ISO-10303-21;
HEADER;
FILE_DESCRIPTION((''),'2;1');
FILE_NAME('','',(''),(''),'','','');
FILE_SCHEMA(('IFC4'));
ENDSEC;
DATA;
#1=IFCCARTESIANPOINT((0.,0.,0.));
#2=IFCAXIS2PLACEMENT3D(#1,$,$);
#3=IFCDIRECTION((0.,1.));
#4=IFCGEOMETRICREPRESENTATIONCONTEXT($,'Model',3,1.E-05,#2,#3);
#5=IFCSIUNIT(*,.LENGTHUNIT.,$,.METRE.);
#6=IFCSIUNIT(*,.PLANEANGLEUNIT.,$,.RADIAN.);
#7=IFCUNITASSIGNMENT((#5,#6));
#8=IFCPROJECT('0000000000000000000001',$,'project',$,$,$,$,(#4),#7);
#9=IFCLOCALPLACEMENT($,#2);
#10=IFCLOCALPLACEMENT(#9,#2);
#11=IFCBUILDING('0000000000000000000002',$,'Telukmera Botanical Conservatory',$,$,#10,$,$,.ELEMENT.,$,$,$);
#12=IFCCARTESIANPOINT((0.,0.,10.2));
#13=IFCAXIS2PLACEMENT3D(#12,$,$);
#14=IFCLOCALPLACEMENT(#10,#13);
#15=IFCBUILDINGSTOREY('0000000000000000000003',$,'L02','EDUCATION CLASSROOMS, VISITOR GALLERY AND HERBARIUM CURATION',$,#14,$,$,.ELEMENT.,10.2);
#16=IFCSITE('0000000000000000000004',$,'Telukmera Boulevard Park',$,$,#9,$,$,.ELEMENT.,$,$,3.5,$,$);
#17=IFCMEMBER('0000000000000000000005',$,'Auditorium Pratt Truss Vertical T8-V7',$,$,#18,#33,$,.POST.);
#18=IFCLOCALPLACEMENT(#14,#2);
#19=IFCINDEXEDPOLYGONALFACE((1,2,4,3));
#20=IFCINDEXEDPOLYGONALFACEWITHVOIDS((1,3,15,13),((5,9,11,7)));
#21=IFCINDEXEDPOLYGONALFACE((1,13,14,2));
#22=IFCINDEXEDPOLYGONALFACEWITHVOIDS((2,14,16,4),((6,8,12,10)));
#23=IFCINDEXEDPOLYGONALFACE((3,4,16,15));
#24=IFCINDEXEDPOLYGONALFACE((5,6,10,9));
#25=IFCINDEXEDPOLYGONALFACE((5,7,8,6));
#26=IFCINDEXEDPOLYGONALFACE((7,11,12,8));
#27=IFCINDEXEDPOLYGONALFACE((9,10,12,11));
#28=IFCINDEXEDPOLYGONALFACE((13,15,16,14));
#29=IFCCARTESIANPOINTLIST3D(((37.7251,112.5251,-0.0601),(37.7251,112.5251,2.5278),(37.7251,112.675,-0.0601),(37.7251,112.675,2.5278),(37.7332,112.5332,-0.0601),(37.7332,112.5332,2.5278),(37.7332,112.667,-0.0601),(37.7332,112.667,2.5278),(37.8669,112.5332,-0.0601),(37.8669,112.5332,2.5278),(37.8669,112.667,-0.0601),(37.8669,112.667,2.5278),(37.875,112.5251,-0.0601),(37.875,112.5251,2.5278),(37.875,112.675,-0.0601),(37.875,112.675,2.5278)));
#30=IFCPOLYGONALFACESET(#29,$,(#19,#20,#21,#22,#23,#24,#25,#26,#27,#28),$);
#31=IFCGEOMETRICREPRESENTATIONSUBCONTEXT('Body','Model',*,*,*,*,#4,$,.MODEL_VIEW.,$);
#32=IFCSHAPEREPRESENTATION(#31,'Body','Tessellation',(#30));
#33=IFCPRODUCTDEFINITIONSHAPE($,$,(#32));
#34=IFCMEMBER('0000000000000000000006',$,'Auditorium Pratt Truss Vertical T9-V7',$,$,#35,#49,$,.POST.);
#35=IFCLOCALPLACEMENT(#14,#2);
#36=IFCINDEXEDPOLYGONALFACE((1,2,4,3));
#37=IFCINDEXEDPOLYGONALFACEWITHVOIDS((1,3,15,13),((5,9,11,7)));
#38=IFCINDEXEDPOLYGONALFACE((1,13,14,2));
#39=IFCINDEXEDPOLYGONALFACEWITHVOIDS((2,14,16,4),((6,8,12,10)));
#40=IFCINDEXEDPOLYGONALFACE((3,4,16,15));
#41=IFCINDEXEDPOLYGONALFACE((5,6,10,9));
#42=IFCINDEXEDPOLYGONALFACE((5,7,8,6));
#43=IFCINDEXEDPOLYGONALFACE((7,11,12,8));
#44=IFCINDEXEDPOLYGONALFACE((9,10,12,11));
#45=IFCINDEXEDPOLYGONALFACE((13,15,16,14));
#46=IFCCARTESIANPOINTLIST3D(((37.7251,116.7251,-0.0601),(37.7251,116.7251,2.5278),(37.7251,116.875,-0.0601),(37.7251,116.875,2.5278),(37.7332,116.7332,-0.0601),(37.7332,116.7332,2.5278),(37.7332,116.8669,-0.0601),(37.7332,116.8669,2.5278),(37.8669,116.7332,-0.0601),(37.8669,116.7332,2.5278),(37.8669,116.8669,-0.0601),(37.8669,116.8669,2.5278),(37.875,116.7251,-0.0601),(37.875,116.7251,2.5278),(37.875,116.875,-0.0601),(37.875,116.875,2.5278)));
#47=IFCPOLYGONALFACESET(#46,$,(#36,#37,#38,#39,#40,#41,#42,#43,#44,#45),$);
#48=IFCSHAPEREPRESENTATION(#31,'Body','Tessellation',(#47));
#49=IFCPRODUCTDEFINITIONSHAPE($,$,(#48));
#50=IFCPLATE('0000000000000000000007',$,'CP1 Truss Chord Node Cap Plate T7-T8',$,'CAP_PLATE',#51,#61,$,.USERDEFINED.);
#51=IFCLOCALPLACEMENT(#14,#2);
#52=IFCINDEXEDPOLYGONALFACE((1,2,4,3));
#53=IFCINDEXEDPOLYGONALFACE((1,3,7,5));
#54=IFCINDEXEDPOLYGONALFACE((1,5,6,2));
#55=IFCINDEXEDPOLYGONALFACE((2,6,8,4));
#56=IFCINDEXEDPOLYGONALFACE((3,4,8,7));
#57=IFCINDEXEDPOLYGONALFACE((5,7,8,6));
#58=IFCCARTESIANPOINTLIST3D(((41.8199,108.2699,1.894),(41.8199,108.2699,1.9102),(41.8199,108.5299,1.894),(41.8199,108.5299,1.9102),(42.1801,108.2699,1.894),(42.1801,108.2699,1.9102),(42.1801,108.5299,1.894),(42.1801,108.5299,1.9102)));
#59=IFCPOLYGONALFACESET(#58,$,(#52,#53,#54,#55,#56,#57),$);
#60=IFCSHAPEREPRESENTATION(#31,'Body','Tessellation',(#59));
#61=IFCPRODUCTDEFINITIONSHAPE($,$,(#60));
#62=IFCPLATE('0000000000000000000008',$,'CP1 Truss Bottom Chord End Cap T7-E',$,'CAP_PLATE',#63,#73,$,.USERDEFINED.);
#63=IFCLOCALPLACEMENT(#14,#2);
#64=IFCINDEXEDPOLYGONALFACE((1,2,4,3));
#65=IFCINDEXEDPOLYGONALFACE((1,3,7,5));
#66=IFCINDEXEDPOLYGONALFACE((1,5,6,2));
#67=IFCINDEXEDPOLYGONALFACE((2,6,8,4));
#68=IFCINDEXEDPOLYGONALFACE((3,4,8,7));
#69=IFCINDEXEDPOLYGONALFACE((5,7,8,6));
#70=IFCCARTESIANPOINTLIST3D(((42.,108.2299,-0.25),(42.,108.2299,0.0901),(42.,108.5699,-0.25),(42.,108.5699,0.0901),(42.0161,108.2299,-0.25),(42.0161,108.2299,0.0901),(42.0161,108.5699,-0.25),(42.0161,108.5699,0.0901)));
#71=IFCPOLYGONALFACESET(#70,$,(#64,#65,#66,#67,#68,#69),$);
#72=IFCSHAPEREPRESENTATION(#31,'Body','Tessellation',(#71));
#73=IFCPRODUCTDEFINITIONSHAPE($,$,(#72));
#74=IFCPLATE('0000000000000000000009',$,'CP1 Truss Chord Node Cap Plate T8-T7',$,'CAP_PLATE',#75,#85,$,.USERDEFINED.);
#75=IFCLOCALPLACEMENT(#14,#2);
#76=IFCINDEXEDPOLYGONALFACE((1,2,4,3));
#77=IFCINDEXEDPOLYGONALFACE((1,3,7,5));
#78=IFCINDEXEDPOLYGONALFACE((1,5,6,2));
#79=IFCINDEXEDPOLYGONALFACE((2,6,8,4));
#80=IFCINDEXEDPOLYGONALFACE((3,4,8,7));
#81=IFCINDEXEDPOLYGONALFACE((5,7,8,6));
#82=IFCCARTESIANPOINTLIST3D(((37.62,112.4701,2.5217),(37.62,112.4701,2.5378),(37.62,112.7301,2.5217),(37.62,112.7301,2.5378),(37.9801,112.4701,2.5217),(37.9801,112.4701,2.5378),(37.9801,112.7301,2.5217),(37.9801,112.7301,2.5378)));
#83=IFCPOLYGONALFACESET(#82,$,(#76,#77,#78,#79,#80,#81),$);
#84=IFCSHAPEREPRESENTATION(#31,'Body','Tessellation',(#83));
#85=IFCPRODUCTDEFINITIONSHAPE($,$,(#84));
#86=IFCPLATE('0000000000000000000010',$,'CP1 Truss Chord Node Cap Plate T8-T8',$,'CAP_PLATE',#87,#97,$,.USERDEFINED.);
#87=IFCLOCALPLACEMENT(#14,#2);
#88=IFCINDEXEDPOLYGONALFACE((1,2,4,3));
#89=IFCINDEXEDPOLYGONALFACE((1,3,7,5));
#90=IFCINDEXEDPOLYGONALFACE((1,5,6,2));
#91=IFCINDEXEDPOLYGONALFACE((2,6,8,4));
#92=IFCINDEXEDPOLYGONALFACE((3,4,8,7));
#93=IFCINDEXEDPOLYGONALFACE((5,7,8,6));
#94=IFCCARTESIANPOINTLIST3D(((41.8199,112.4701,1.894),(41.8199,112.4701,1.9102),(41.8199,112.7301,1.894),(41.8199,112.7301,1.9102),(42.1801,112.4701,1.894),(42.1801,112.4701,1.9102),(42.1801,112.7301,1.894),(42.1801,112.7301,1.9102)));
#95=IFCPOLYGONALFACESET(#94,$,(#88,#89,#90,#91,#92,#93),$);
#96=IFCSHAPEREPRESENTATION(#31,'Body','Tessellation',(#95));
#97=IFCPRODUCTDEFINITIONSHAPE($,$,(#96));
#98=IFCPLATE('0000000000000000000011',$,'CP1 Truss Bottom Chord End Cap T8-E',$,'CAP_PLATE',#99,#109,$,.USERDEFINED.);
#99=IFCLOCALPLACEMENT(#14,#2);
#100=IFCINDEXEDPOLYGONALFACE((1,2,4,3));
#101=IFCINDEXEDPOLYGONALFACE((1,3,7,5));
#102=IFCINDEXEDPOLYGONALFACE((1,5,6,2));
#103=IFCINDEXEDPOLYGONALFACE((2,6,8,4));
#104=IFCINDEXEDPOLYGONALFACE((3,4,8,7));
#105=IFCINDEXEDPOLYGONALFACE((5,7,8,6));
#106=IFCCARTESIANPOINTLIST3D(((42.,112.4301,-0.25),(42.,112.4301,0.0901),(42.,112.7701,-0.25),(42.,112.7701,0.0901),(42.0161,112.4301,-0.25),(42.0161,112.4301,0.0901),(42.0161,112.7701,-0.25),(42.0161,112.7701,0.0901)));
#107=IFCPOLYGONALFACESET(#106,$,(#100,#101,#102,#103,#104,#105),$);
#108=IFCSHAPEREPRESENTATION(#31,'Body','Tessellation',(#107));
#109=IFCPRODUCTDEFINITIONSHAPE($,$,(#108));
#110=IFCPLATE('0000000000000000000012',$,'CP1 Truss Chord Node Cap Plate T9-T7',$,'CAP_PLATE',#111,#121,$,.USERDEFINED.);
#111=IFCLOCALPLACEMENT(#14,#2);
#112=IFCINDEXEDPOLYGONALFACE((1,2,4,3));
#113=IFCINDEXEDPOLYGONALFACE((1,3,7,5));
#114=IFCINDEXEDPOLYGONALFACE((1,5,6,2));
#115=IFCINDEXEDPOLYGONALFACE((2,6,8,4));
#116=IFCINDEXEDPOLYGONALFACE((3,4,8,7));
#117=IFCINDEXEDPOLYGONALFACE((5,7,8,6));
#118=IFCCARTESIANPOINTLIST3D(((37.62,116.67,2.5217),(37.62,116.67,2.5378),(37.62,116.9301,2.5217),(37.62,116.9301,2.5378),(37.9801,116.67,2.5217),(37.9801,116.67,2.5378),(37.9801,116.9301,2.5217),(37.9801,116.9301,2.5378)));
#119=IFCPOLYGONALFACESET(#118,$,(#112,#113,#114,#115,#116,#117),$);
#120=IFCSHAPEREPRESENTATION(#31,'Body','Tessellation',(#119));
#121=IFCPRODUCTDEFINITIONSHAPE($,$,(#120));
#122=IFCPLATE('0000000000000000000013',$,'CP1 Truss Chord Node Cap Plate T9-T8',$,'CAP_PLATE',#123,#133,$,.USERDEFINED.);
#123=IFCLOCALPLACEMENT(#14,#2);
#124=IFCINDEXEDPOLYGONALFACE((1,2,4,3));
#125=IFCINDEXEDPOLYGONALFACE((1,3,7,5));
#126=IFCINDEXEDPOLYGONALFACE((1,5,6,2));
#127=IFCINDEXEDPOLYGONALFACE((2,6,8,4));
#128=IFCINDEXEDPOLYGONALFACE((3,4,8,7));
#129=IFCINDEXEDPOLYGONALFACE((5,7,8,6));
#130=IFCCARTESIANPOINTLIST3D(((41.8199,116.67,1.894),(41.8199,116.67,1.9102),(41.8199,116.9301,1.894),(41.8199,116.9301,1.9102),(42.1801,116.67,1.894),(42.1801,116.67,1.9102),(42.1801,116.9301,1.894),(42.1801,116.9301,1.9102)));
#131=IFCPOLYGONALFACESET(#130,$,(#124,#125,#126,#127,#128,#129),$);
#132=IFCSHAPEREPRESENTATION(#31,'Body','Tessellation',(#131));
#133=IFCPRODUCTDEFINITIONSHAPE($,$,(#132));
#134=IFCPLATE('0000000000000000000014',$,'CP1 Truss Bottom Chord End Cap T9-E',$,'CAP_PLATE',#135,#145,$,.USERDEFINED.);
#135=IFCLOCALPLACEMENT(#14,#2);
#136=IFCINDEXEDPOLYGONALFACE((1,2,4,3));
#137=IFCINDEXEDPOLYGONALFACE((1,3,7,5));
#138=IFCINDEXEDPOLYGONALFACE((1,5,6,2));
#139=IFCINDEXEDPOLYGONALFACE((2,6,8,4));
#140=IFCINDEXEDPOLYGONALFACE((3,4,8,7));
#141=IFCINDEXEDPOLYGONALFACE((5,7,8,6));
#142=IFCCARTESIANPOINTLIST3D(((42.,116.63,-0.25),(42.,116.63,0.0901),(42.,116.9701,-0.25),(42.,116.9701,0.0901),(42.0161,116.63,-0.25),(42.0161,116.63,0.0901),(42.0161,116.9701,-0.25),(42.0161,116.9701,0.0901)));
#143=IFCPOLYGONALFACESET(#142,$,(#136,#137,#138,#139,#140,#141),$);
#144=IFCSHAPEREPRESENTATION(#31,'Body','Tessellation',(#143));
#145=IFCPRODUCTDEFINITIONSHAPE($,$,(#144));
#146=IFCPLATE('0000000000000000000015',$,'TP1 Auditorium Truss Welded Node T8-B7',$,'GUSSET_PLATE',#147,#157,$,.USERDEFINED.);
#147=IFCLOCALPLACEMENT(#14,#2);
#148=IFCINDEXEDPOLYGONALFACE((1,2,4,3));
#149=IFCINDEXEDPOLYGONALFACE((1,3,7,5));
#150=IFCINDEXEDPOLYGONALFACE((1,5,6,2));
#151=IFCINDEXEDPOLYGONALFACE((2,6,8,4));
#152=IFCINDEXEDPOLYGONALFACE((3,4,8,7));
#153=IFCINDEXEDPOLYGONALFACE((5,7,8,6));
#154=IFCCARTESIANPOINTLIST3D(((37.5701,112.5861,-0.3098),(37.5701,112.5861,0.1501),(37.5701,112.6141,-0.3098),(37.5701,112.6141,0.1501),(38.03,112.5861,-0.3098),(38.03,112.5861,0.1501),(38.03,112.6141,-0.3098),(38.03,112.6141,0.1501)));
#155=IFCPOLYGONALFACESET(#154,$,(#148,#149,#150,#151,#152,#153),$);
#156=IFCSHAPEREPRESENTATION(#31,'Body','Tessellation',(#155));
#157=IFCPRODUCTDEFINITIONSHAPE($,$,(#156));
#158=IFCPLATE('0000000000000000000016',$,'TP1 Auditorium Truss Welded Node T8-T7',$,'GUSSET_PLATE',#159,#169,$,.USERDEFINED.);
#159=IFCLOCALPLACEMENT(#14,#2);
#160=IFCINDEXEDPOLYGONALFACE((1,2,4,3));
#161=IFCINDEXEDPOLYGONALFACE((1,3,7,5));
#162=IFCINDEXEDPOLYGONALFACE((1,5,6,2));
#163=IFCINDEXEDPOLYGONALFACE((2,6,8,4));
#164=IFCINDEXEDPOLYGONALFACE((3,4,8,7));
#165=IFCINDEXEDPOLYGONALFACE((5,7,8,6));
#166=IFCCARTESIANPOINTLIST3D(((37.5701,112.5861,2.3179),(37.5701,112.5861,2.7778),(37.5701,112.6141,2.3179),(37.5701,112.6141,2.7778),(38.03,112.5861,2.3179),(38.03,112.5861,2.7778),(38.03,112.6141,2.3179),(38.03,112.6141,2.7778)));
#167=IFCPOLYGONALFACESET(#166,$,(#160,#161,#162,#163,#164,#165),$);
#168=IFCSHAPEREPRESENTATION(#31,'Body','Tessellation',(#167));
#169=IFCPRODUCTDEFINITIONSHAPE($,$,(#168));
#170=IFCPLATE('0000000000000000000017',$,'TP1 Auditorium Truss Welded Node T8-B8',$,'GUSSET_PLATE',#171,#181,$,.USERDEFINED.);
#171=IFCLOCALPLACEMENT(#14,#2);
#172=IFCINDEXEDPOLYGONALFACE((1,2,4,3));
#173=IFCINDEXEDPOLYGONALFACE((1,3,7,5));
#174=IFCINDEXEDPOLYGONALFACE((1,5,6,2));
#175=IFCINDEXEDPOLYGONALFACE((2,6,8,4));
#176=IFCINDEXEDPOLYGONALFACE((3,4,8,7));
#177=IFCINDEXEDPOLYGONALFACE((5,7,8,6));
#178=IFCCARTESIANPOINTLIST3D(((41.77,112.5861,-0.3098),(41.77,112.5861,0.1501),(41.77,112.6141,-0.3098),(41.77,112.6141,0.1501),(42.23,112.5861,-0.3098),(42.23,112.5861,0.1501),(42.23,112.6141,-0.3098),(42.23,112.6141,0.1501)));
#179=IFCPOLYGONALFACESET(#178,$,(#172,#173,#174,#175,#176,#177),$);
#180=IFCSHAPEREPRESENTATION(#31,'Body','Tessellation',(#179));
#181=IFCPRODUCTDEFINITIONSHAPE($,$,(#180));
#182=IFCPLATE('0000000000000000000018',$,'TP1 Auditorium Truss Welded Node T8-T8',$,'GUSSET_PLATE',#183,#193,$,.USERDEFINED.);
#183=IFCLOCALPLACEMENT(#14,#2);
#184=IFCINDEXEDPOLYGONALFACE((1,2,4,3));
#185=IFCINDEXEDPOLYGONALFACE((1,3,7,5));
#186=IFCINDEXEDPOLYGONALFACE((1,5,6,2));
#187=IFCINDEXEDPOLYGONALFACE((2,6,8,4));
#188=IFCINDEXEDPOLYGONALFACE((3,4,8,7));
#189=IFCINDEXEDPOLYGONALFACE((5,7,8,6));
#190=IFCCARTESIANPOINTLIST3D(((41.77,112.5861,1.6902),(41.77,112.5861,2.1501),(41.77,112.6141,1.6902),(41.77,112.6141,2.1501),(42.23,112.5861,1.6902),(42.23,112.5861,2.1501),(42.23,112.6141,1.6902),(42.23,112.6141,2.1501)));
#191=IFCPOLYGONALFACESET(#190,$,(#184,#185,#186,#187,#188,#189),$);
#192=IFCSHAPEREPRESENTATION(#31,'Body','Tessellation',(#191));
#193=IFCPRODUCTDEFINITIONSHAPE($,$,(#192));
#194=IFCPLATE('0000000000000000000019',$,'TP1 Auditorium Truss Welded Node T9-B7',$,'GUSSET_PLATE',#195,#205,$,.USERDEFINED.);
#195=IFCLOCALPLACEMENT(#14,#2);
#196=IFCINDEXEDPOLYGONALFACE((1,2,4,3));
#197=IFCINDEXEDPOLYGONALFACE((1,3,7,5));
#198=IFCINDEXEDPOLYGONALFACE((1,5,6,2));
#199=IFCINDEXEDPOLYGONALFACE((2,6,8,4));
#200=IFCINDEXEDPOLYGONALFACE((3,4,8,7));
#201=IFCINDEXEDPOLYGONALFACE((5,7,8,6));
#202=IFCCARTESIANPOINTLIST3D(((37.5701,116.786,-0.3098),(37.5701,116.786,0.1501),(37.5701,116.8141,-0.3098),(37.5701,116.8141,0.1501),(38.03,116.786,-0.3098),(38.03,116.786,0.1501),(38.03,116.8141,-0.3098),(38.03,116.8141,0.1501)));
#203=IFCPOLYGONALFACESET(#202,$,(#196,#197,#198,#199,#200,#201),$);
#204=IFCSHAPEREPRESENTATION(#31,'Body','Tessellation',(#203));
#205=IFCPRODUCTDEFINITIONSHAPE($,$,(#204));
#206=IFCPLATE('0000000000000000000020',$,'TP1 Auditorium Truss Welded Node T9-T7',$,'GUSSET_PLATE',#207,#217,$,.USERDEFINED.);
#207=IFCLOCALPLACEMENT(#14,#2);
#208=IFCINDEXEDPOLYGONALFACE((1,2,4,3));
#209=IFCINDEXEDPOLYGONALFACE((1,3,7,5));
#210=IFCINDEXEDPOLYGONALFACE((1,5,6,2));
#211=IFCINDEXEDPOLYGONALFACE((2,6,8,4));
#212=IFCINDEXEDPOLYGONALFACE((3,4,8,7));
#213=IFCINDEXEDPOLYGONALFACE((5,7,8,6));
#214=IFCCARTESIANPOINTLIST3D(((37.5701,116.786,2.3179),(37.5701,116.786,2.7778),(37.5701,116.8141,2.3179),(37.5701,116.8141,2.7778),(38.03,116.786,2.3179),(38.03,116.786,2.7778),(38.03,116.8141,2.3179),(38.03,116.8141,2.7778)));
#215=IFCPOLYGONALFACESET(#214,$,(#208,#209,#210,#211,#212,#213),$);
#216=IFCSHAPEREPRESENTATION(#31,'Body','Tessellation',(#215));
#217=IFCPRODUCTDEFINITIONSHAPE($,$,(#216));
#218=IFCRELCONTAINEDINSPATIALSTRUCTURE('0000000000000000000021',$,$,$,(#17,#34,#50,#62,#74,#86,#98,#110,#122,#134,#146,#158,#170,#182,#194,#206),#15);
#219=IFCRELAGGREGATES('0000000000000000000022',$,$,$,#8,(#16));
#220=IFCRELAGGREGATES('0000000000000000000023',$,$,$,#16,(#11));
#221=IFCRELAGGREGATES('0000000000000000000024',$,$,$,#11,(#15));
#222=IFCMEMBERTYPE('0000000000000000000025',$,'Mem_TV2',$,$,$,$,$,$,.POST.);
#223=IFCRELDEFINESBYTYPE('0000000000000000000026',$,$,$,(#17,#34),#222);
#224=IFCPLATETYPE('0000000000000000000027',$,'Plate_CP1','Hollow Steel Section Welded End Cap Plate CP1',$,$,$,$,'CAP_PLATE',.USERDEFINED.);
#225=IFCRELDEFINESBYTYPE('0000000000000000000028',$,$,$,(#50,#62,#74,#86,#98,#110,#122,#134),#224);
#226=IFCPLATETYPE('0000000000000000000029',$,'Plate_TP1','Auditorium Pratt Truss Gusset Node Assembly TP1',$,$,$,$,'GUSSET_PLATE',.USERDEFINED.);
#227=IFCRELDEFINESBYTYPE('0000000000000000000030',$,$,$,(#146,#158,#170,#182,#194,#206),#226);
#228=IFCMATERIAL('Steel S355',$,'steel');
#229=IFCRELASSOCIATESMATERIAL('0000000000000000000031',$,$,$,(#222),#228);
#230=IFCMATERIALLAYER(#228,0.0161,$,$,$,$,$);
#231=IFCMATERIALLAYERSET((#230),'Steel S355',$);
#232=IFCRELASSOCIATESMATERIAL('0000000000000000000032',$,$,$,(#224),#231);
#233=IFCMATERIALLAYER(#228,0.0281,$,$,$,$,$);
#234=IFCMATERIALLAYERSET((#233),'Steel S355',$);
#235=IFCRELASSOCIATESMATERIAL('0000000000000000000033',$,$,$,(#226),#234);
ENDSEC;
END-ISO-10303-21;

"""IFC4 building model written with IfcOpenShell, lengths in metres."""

from ifc_helpers import new_model, si_unit, direction, frame, origin, origin_2d, place, context, subcontext, project, spatial, rectangle, hollow_rectangle, extrude, material, layer, layer_set, material_profile, profile_set, type_object, element, save


model = new_model("IFC4")

# Units and contexts
model_context = context("Model", 3, precision=1e-05, world=origin(), true_north=direction((0.0, 1.0)))
body_context = subcontext(model_context, "Body", "Model", "MODEL_VIEW")
ifc_project = project(units=[si_unit("LENGTHUNIT", "METRE"), si_unit("PLANEANGLEUNIT", "RADIAN")], contexts=[model_context])

# Site, building, storey
site_placement = place(None, origin())
site = spatial("IfcSite", under=ifc_project, at=site_placement, Name="Telukmera Boulevard Park", CompositionType="ELEMENT", RefElevation=3.5)
building_placement = place(site_placement, origin())
building = spatial("IfcBuilding", under=site, at=building_placement, Name="Telukmera Botanical Conservatory", CompositionType="ELEMENT")
storey_placement = place(building_placement, frame((0.0, 0.0, 10.2)))
storey = spatial("IfcBuildingStorey", under=building, at=storey_placement, Name="L02", Description="EDUCATION CLASSROOMS, VISITOR GALLERY AND HERBARIUM CURATION", CompositionType="ELEMENT", Elevation=10.2)

# Members
ifc_material_1 = material(Name="Steel S355", Category="steel")
ifc_material_profile_1 = material_profile(ifc_material_1, hollow_rectangle(XDim=0.1499, YDim=0.1499, WallThickness=0.0081, at=origin_2d()), Name="SHS 150x150x8.0")
ifc_profile_set_1 = profile_set([ifc_material_profile_1], Name="Steel S355")
member_type_1 = type_object("IfcMemberType", Name="Mem_TV2", PredefinedType="POST", material=ifc_profile_set_1)
for number, where, z_axis, x_axis, name in (
    (1, (37.8, 112.6001, -0.0601), (0.0, 0.0, 1.0), (1.0, 0.0, 0.0), "Auditorium Pratt Truss Vertical T8-V7"),
    (2, (37.8, 116.8, -0.0601), (0.0, 0.0, 1.0), (1.0, 0.0, 0.0), "Auditorium Pratt Truss Vertical T9-V7"),
):
    element("IfcMember", number, at=place(storey_placement, frame(where, z_axis=z_axis, x_axis=x_axis)), inside=storey, type_object=member_type_1, Name=name, PredefinedType="POST", context=body_context, shape_type="SweptSolid", body=[
        extrude(hollow_rectangle(XDim=0.1499, YDim=0.1499, WallThickness=0.0081, at=origin_2d()), origin(), (0.0, 0.0, 1.0), 2.5879),
    ])

# Plates
ifc_layer_1 = layer(ifc_material_1, 0.0161)
ifc_layer_set_1 = layer_set([ifc_layer_1], Name="Steel S355")
plate_type_1 = type_object("IfcPlateType", Name="Plate_CP1", Description="Hollow Steel Section Welded End Cap Plate CP1", ElementType="CAP_PLATE", PredefinedType="USERDEFINED", material=ifc_layer_set_1)
plate_1_placement = place(storey_placement, frame((42.0, 108.3999, 1.894), z_axis=(0.0, 0.0, 1.0), x_axis=(1.0, 0.0, 0.0)))
element("IfcPlate", 3, at=plate_1_placement, inside=storey, type_object=plate_type_1, Name="CP1 Truss Chord Node Cap Plate T7-T8", ObjectType="CAP_PLATE", PredefinedType="USERDEFINED", context=body_context, shape_type="SweptSolid", body=[
    extrude(rectangle(XDim=0.3601, YDim=0.26, at=origin_2d()), origin(), (0.0, 0.0, 1.0), 0.0161),
])
plate_2_placement = place(storey_placement, frame((42.0081, 108.3999, -0.25), z_axis=(0.0, 0.0, 1.0), x_axis=(1.0, 0.0, 0.0)))
element("IfcPlate", 4, at=plate_2_placement, inside=storey, type_object=plate_type_1, Name="CP1 Truss Bottom Chord End Cap T7-E", ObjectType="CAP_PLATE", PredefinedType="USERDEFINED", context=body_context, shape_type="SweptSolid", body=[
    extrude(rectangle(XDim=0.0161, YDim=0.3401, at=origin_2d()), origin(), (0.0, 0.0, 1.0), 0.3401),
])
for number, where, z_axis, x_axis, name in (
    (5, (37.8, 112.6001, 2.5217), (0.0, 0.0, 1.0), (1.0, 0.0, 0.0), "CP1 Truss Chord Node Cap Plate T8-T7"),
    (6, (42.0, 112.6001, 1.894), (0.0, 0.0, 1.0), (1.0, 0.0, 0.0), "CP1 Truss Chord Node Cap Plate T8-T8"),
):
    element("IfcPlate", number, at=place(storey_placement, frame(where, z_axis=z_axis, x_axis=x_axis)), inside=storey, type_object=plate_type_1, Name=name, ObjectType="CAP_PLATE", PredefinedType="USERDEFINED", context=body_context, shape_type="SweptSolid", body=[
        extrude(rectangle(XDim=0.3601, YDim=0.26, at=origin_2d()), origin(), (0.0, 0.0, 1.0), 0.0161),
    ])
plate_3_placement = place(storey_placement, frame((42.0081, 112.6001, -0.25), z_axis=(0.0, 0.0, 1.0), x_axis=(1.0, 0.0, 0.0)))
element("IfcPlate", 7, at=plate_3_placement, inside=storey, type_object=plate_type_1, Name="CP1 Truss Bottom Chord End Cap T8-E", ObjectType="CAP_PLATE", PredefinedType="USERDEFINED", context=body_context, shape_type="SweptSolid", body=[
    extrude(rectangle(XDim=0.0161, YDim=0.3401, at=origin_2d()), origin(), (0.0, 0.0, 1.0), 0.3401),
])
for number, where, z_axis, x_axis, name in (
    (8, (37.8, 116.8, 2.5217), (0.0, 0.0, 1.0), (1.0, 0.0, 0.0), "CP1 Truss Chord Node Cap Plate T9-T7"),
    (9, (42.0, 116.8, 1.894), (0.0, 0.0, 1.0), (1.0, 0.0, 0.0), "CP1 Truss Chord Node Cap Plate T9-T8"),
):
    element("IfcPlate", number, at=place(storey_placement, frame(where, z_axis=z_axis, x_axis=x_axis)), inside=storey, type_object=plate_type_1, Name=name, ObjectType="CAP_PLATE", PredefinedType="USERDEFINED", context=body_context, shape_type="SweptSolid", body=[
        extrude(rectangle(XDim=0.3601, YDim=0.26, at=origin_2d()), origin(), (0.0, 0.0, 1.0), 0.0161),
    ])
plate_4_placement = place(storey_placement, frame((42.0081, 116.8, -0.25), z_axis=(0.0, 0.0, 1.0), x_axis=(1.0, 0.0, 0.0)))
element("IfcPlate", 10, at=plate_4_placement, inside=storey, type_object=plate_type_1, Name="CP1 Truss Bottom Chord End Cap T9-E", ObjectType="CAP_PLATE", PredefinedType="USERDEFINED", context=body_context, shape_type="SweptSolid", body=[
    extrude(rectangle(XDim=0.0161, YDim=0.3401, at=origin_2d()), origin(), (0.0, 0.0, 1.0), 0.3401),
])
ifc_layer_2 = layer(ifc_material_1, 0.0281)
ifc_layer_set_2 = layer_set([ifc_layer_2], Name="Steel S355")
plate_type_2 = type_object("IfcPlateType", Name="Plate_TP1", Description="Auditorium Pratt Truss Gusset Node Assembly TP1", ElementType="GUSSET_PLATE", PredefinedType="USERDEFINED", material=ifc_layer_set_2)
for number, where, z_axis, x_axis, name in (
    (11, (37.8, 112.6001, -0.3098), (0.0, 0.0, 1.0), (1.0, 0.0, 0.0), "TP1 Auditorium Truss Welded Node T8-B7"),
    (12, (37.8, 112.6001, 2.3179), (0.0, 0.0, 1.0), (1.0, 0.0, 0.0), "TP1 Auditorium Truss Welded Node T8-T7"),
    (13, (42.0, 112.6001, -0.3098), (0.0, 0.0, 1.0), (1.0, 0.0, 0.0), "TP1 Auditorium Truss Welded Node T8-B8"),
    (14, (42.0, 112.6001, 1.6902), (0.0, 0.0, 1.0), (1.0, 0.0, 0.0), "TP1 Auditorium Truss Welded Node T8-T8"),
    (15, (37.8, 116.8, -0.3098), (0.0, 0.0, 1.0), (1.0, 0.0, 0.0), "TP1 Auditorium Truss Welded Node T9-B7"),
    (16, (37.8, 116.8, 2.3179), (0.0, 0.0, 1.0), (1.0, 0.0, 0.0), "TP1 Auditorium Truss Welded Node T9-T7"),
):
    element("IfcPlate", number, at=place(storey_placement, frame(where, z_axis=z_axis, x_axis=x_axis)), inside=storey, type_object=plate_type_2, Name=name, ObjectType="GUSSET_PLATE", PredefinedType="USERDEFINED", context=body_context, shape_type="SweptSolid", body=[
        extrude(rectangle(XDim=0.46, YDim=0.0281, at=origin_2d()), origin(), (0.0, 0.0, 1.0), 0.46),
    ])

save(model, "model.ifc")
